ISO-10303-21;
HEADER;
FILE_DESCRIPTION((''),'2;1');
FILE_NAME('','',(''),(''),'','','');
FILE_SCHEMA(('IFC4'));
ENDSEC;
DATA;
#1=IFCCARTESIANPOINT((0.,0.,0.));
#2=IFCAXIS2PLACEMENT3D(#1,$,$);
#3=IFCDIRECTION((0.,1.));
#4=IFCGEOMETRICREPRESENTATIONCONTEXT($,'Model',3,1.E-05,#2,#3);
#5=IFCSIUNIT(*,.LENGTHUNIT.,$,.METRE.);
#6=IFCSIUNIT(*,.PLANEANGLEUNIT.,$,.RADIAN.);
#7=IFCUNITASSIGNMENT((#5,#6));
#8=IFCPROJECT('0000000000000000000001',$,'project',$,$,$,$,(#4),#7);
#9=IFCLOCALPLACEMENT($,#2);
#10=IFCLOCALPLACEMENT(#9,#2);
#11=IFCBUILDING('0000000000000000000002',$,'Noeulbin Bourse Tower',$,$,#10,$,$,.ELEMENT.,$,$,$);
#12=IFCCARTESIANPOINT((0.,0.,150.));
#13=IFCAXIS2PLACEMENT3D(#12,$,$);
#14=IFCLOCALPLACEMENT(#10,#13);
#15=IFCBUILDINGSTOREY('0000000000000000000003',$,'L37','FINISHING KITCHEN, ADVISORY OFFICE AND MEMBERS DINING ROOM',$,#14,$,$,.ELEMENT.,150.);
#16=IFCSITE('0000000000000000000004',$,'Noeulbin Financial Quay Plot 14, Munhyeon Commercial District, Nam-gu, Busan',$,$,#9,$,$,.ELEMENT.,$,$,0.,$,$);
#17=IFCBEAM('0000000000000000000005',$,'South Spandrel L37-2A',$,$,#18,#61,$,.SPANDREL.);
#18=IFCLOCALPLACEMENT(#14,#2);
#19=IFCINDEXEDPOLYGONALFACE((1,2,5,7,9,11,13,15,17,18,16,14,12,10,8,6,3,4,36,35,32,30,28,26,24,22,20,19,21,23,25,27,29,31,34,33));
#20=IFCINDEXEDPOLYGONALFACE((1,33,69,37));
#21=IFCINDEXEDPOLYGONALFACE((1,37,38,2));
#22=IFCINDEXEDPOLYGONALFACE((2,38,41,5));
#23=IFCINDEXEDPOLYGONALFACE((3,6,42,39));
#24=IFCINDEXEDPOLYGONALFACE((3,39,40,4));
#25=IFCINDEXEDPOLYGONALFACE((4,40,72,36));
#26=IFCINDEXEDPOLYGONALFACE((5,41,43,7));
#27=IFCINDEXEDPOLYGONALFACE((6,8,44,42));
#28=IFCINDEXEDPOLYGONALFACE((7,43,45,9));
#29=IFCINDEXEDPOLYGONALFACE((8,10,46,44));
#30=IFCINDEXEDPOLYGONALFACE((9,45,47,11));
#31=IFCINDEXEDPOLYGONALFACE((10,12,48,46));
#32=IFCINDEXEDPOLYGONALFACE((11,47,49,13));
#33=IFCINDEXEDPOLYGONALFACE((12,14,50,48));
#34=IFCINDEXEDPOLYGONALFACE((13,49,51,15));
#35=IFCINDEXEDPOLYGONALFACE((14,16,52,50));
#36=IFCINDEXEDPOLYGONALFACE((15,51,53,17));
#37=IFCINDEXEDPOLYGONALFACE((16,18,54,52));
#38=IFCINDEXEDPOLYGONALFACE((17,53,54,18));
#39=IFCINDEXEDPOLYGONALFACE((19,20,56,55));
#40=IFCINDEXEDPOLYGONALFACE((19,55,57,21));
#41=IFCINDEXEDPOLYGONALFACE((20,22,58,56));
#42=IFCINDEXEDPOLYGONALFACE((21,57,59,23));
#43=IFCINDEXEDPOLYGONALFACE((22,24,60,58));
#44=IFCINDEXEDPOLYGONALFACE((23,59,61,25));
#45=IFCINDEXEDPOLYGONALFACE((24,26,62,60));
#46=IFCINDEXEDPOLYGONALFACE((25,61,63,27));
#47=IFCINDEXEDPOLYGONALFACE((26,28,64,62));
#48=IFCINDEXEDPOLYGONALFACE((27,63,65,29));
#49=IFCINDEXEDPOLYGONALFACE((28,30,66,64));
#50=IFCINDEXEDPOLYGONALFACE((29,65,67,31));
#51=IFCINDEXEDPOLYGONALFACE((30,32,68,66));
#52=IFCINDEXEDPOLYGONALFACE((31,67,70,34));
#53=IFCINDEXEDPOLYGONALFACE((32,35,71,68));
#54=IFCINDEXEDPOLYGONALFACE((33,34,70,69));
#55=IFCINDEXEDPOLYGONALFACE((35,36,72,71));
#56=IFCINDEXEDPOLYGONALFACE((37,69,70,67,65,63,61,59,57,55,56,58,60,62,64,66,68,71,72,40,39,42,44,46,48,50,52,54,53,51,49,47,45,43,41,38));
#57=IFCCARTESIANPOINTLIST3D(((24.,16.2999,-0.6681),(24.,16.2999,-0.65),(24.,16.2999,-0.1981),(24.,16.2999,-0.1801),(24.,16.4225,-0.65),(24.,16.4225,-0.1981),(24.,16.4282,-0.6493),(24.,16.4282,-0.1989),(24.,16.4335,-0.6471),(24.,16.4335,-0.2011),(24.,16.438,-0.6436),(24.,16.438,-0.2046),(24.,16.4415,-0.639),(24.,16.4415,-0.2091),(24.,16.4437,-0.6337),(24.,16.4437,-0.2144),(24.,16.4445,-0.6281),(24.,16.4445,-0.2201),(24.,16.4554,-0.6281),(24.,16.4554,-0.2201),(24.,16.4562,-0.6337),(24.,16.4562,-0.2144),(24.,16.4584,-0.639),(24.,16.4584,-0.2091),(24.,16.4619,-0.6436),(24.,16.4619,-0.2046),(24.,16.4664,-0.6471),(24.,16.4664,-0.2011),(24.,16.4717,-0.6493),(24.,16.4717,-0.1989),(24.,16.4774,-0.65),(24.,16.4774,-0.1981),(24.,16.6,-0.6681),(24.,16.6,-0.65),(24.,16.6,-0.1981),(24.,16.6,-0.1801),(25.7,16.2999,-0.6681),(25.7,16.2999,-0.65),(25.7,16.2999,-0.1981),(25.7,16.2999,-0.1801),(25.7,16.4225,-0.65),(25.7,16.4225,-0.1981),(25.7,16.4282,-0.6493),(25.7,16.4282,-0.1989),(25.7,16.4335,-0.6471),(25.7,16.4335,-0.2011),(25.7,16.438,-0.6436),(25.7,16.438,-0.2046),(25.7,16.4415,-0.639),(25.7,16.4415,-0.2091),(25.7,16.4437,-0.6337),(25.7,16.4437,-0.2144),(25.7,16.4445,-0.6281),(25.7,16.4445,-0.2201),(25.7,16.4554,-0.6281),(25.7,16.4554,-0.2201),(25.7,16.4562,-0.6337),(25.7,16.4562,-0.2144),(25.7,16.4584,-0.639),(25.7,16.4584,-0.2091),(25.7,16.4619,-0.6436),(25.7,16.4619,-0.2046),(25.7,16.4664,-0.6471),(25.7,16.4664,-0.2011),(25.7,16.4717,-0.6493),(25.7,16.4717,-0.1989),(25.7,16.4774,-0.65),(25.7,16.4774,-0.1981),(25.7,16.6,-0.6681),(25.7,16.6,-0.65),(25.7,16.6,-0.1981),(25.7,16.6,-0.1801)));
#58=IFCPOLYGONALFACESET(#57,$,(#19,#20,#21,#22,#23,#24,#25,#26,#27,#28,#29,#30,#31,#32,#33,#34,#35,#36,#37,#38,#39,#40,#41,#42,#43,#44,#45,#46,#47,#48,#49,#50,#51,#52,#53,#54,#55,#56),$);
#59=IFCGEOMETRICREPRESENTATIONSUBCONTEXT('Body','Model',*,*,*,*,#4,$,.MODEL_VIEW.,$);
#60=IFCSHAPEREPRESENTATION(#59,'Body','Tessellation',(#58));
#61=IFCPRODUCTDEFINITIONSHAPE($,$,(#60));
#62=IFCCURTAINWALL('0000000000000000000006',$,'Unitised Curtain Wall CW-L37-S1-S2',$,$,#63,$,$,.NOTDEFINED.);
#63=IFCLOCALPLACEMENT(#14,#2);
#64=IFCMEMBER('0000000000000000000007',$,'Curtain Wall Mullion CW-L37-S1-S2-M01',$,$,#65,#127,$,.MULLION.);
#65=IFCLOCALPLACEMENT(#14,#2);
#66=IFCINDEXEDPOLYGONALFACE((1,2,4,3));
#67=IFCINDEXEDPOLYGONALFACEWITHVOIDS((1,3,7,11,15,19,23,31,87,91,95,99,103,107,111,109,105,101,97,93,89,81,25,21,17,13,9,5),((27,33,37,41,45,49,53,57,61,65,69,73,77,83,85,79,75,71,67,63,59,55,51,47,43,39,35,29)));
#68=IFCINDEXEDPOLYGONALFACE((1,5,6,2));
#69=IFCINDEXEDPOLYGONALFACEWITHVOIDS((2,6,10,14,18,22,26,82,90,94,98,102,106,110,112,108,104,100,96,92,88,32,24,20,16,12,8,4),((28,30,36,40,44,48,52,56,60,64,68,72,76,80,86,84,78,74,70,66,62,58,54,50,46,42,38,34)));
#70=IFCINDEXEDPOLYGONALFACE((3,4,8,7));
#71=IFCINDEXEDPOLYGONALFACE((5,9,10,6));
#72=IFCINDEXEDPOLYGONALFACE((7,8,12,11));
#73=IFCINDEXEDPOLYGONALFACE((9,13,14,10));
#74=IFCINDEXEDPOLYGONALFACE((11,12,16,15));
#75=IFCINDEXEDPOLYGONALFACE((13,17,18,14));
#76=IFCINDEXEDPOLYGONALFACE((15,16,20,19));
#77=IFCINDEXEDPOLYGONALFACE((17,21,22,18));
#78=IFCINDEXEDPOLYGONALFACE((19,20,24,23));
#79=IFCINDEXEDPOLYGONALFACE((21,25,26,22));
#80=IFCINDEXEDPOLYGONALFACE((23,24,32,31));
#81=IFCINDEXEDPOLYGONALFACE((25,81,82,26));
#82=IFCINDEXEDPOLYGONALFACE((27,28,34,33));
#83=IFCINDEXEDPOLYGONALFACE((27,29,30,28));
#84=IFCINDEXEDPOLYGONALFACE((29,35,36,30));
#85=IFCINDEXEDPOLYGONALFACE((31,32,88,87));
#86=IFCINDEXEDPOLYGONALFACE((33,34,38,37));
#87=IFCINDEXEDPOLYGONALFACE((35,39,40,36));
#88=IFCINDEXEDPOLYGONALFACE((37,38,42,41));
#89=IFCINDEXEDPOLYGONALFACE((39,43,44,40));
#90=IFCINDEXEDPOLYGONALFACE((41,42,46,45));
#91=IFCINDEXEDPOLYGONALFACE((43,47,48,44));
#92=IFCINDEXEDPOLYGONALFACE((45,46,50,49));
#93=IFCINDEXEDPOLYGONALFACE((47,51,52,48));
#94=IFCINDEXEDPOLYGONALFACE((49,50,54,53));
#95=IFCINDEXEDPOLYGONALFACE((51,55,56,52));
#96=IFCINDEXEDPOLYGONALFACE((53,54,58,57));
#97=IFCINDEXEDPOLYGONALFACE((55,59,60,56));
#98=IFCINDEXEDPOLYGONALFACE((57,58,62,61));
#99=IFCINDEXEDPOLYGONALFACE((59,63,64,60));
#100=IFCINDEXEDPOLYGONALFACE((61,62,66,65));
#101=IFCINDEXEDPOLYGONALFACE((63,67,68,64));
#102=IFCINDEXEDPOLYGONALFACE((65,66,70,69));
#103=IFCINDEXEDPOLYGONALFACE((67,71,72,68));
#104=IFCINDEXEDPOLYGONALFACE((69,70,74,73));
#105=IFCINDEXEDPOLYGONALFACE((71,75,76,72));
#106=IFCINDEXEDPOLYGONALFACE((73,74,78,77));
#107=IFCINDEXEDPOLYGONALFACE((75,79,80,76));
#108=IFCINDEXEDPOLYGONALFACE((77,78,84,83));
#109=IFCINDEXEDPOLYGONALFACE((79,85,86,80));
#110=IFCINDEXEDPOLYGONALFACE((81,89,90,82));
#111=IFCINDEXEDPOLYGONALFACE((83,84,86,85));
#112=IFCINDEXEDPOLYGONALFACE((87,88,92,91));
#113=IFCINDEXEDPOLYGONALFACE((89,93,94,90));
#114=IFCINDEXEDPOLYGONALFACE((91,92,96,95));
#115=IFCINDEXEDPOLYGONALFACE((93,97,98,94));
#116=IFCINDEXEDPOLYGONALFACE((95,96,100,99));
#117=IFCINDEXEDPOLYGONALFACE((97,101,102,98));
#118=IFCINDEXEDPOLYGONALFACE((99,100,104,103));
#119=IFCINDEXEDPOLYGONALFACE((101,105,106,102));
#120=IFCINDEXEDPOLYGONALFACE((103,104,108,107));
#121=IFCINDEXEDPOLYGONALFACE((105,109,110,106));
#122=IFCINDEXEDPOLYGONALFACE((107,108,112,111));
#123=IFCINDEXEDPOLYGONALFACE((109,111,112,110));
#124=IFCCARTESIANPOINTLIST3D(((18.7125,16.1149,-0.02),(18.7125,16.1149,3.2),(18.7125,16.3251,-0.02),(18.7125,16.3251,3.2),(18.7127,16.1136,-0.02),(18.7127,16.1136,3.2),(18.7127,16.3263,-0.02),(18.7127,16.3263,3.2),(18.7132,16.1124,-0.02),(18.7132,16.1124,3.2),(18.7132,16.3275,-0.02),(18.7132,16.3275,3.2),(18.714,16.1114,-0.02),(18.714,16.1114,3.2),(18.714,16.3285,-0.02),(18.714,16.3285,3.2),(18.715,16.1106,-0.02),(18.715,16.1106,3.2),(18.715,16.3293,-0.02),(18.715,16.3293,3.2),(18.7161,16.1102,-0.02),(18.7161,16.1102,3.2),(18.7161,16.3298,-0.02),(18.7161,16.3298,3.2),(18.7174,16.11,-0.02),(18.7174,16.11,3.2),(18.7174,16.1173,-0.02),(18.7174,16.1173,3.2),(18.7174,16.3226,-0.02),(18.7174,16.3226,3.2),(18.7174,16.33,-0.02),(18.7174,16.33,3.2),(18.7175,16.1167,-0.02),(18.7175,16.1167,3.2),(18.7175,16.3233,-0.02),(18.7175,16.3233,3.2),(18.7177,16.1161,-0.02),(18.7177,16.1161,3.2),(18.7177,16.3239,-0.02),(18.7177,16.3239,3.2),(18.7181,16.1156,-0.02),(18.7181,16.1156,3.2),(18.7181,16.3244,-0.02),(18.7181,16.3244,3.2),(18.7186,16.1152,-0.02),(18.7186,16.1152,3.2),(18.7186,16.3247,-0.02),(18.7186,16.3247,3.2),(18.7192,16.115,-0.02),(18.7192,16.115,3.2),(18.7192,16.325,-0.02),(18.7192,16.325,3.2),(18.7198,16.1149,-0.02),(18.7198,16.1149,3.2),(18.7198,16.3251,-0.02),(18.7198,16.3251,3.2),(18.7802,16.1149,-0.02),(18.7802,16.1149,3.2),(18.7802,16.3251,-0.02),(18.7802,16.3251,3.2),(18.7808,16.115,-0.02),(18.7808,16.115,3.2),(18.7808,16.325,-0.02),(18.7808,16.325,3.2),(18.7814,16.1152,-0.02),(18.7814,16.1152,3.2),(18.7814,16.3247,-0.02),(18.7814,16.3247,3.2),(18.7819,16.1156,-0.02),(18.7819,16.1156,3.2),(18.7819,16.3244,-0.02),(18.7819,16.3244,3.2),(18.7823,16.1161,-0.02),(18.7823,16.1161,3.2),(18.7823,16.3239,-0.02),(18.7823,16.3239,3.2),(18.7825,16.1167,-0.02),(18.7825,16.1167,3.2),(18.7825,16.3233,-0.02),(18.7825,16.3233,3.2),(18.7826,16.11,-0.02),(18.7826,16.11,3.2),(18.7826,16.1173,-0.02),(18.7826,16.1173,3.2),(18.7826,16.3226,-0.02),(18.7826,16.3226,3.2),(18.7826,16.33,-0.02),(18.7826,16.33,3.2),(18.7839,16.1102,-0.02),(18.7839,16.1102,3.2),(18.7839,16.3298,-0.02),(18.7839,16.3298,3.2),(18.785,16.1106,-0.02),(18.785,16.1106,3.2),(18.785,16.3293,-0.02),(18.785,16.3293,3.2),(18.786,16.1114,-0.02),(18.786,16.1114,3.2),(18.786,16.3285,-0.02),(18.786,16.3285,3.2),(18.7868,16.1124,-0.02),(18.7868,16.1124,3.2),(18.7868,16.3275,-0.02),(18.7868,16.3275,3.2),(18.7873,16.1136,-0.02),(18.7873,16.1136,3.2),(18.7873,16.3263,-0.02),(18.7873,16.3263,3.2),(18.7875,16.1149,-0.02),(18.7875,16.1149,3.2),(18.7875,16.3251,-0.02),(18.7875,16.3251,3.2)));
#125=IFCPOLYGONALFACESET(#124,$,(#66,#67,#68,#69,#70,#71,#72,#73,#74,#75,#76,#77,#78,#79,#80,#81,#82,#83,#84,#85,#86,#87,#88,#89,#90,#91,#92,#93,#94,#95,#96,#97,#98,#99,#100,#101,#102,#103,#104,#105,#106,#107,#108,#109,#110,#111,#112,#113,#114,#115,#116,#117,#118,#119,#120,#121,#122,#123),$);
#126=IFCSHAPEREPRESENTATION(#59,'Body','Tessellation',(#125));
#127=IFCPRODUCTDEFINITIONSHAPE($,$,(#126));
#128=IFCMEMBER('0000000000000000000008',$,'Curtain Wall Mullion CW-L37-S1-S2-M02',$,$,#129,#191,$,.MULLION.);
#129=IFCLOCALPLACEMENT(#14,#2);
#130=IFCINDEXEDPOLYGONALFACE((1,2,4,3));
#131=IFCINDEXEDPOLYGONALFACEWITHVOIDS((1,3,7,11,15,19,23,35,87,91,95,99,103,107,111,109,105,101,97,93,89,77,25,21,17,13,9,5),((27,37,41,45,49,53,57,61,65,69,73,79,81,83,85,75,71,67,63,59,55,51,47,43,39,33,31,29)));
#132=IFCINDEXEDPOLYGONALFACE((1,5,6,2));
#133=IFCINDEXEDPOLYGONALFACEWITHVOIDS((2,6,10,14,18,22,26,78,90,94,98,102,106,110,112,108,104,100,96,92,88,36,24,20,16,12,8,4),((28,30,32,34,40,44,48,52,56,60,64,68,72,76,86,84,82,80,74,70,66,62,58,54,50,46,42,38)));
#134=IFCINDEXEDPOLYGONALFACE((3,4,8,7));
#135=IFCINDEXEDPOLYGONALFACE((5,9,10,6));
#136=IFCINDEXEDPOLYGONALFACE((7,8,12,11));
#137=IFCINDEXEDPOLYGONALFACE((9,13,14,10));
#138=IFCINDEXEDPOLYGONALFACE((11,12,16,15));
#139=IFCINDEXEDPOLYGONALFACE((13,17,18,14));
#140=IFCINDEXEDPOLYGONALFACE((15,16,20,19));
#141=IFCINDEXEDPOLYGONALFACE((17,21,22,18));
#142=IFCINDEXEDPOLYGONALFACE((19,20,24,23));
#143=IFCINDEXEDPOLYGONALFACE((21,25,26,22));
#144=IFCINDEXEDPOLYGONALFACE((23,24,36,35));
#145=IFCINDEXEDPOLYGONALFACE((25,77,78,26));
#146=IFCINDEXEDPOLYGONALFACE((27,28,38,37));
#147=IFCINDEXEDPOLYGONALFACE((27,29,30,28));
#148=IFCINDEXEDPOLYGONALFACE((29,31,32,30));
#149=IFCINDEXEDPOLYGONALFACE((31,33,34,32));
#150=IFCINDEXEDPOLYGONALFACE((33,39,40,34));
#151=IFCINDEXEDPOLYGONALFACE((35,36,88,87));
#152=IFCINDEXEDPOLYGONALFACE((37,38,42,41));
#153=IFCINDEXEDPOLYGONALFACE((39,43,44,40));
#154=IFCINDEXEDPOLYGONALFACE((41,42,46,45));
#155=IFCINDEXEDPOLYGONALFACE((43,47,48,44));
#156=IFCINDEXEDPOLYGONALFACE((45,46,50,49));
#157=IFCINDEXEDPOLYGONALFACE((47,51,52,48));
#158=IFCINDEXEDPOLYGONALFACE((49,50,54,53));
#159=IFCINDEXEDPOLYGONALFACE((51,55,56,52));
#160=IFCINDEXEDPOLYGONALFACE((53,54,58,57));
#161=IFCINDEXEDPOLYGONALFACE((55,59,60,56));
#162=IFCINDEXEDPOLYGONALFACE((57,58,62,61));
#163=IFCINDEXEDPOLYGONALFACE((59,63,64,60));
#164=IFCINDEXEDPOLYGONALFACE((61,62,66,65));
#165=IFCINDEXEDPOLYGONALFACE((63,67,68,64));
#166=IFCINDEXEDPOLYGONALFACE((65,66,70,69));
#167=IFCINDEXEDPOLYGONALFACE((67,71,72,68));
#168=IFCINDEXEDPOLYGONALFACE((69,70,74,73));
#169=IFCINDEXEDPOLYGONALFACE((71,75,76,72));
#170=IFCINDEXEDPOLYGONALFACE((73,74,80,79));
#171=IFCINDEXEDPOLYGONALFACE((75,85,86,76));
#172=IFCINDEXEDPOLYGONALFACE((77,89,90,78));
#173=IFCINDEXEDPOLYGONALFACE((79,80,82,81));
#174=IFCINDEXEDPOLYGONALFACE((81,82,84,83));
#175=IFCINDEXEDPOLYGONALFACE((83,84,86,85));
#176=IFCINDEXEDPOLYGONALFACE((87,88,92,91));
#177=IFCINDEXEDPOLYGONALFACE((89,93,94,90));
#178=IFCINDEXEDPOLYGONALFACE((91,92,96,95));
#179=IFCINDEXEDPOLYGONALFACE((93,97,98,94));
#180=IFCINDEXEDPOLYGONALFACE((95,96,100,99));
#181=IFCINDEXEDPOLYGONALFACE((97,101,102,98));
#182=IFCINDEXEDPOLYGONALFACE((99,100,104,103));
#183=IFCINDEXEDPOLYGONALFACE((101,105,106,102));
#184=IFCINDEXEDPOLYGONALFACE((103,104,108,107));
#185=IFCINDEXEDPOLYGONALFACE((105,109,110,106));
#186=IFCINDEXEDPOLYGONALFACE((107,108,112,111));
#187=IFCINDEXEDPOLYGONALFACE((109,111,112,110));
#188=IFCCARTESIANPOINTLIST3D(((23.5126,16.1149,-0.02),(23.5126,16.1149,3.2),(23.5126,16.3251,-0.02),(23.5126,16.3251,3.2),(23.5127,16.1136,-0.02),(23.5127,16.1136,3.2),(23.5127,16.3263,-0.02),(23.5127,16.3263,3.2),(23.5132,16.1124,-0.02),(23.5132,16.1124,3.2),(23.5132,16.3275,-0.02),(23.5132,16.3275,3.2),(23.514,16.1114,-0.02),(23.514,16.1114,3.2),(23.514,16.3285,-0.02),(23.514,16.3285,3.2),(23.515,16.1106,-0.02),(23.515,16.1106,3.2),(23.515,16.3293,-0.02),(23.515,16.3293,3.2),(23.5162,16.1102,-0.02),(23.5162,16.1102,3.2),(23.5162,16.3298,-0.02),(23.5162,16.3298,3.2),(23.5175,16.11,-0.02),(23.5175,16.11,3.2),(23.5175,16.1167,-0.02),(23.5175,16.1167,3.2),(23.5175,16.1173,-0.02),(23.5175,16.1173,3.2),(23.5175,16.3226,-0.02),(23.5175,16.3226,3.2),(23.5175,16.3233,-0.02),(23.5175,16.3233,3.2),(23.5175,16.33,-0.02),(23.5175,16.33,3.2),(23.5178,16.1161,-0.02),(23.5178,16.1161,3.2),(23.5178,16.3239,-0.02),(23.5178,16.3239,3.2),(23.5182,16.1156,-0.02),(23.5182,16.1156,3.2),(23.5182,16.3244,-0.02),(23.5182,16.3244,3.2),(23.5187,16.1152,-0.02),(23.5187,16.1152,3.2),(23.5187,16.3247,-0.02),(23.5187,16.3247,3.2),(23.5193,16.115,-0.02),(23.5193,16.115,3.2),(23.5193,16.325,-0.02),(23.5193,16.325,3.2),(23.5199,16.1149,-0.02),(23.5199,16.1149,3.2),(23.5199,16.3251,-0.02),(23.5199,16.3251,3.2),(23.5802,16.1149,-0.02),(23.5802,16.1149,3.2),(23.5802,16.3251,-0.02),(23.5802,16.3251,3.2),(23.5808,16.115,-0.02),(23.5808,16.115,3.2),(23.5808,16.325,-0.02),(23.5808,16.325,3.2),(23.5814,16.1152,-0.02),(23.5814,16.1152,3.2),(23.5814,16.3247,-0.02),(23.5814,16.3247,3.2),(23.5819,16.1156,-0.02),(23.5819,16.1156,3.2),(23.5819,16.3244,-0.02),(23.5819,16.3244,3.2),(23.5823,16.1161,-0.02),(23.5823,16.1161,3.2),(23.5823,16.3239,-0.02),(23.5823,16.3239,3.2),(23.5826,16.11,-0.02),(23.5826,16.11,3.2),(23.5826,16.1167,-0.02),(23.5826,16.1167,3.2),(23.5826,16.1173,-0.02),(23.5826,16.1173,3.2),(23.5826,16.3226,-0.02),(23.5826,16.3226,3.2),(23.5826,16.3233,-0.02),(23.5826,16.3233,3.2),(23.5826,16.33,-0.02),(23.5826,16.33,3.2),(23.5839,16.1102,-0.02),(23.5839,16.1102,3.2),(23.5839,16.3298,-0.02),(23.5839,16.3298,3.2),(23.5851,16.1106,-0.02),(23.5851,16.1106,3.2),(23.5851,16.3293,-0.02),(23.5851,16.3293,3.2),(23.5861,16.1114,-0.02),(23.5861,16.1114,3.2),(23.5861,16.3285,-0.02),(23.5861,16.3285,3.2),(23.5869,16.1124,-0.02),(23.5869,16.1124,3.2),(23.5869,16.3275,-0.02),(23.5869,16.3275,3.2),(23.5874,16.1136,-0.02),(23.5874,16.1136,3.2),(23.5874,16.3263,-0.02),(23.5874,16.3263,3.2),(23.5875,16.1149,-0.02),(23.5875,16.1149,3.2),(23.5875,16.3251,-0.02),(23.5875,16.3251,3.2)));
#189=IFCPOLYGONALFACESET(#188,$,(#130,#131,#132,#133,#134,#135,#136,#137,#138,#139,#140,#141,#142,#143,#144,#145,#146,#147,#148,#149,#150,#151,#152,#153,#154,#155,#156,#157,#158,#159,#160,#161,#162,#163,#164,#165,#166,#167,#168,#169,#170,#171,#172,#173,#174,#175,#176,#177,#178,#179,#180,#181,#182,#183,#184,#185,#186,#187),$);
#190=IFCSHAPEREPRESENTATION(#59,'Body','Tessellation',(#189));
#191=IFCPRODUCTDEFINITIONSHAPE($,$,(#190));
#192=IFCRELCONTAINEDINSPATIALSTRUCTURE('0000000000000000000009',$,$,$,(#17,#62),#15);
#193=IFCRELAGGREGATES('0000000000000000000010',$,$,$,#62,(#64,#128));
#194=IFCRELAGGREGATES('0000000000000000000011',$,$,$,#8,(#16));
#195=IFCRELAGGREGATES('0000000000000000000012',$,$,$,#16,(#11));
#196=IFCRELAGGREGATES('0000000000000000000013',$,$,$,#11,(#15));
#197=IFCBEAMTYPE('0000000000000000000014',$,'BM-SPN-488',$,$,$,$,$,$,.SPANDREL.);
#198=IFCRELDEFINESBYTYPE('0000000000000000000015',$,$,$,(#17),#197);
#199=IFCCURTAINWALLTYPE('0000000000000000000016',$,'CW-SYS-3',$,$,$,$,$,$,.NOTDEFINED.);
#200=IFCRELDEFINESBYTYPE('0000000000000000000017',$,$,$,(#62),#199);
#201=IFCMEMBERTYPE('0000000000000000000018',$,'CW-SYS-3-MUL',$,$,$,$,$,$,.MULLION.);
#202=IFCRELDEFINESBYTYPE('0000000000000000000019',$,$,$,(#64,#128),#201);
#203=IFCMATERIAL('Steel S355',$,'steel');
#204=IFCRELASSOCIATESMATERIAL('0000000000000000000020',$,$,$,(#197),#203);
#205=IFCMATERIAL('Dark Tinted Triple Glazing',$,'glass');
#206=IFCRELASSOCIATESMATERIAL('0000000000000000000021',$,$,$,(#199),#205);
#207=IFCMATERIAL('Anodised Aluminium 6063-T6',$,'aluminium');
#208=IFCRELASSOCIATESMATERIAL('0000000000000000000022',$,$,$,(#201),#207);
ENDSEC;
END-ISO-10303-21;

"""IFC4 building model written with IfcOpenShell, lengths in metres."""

from ifc_helpers import new_model, si_unit, direction, frame, origin, origin_2d, place, context, subcontext, project, spatial, hollow_rectangle, i_section, extrude, material, material_profile, profile_set, type_object, element, aggregate, save


model = new_model("IFC4")

# Units and contexts
model_context = context("Model", 3, precision=1e-05, world=origin(), true_north=direction((0.0, 1.0)))
body_context = subcontext(model_context, "Body", "Model", "MODEL_VIEW")
ifc_project = project(units=[si_unit("LENGTHUNIT", "METRE"), si_unit("PLANEANGLEUNIT", "RADIAN")], contexts=[model_context])

# Site, building, storey
site_placement = place(None, origin())
site = spatial("IfcSite", under=ifc_project, at=site_placement, Name="Noeulbin Financial Quay Plot 14, Munhyeon Commercial District, Nam-gu, Busan", CompositionType="ELEMENT", RefElevation=0.0)
building_placement = place(site_placement, origin())
building = spatial("IfcBuilding", under=site, at=building_placement, Name="Noeulbin Bourse Tower", CompositionType="ELEMENT")
storey_placement = place(building_placement, frame((0.0, 0.0, 150.0)))
storey = spatial("IfcBuildingStorey", under=building, at=storey_placement, Name="L37", Description="FINISHING KITCHEN, ADVISORY OFFICE AND MEMBERS DINING ROOM", CompositionType="ELEMENT", Elevation=150.0)

# Shared definitions
ifc_material_1 = material(Name="Steel S355", Category="steel")

# Beam
ifc_material_profile_1 = material_profile(ifc_material_1, i_section(OverallWidth=0.3, OverallDepth=0.488, WebThickness=0.011, FlangeThickness=0.0181, FilletRadius=0.022, at=origin_2d()), Name="H-488x300x11x18", Category="LoadBearing")
ifc_profile_set_1 = profile_set([ifc_material_profile_1], Name="Steel S355")
beam_type_1 = type_object("IfcBeamType", Name="BM-SPN-488", PredefinedType="SPANDREL", material=ifc_profile_set_1)
beam_1_placement = place(storey_placement, frame((24.0, 16.45, -0.4241), z_axis=(1.0, 0.0, 0.0), x_axis=(0.0, 1.0, 0.0)))
element("IfcBeam", 1, at=beam_1_placement, inside=storey, type_object=beam_type_1, Name="South Spandrel L37-2A", PredefinedType="SPANDREL", context=body_context, shape_type="SweptSolid", body=[
    extrude(i_section(OverallWidth=0.3, OverallDepth=0.488, WebThickness=0.011, FlangeThickness=0.0181, FilletRadius=0.022, at=origin_2d()), origin(), (0.0, 0.0, 1.0), 1.7),
])

# Curtain wall, members
ifc_material_2 = material(Name="Dark Tinted Triple Glazing", Category="glass")
curtain_wall_type = type_object("IfcCurtainWallType", Name="CW-SYS-3", PredefinedType="NOTDEFINED", material=ifc_material_2)
curtain_wall_placement = place(storey_placement, origin())
curtain_wall = element("IfcCurtainWall", 2, at=curtain_wall_placement, inside=storey, type_object=curtain_wall_type, Name="Unitised Curtain Wall CW-L37-S1-S2", PredefinedType="NOTDEFINED")
ifc_material_3 = material(Name="Anodised Aluminium 6063-T6", Category="aluminium")
ifc_material_profile_2 = material_profile(ifc_material_3, hollow_rectangle(XDim=0.075, YDim=0.22, WallThickness=0.0049, InnerFilletRadius=0.0024, OuterFilletRadius=0.0049, at=origin_2d()), Name="ALU-MULL-75x220x5", Category="LoadBearing")
ifc_profile_set_2 = profile_set([ifc_material_profile_2], Name="Anodised Aluminium 6063-T6")
member_type = type_object("IfcMemberType", Name="CW-SYS-3-MUL", PredefinedType="MULLION", material=ifc_profile_set_2)
member_1_placement = place(storey_placement, frame((18.75, 16.22, -0.02), z_axis=(0.0, 0.0, 1.0), x_axis=(1.0, 0.0, 0.0)))
member_1 = element("IfcMember", 3, at=member_1_placement, type_object=member_type, Name="Curtain Wall Mullion CW-L37-S1-S2-M01", PredefinedType="MULLION", context=body_context, shape_type="SweptSolid", body=[
    extrude(hollow_rectangle(XDim=0.075, YDim=0.22, WallThickness=0.0049, InnerFilletRadius=0.0024, OuterFilletRadius=0.0049, at=origin_2d()), origin(), (0.0, 0.0, 1.0), 3.22),
])
member_2_placement = place(storey_placement, frame((23.55, 16.22, -0.02), z_axis=(0.0, 0.0, 1.0), x_axis=(1.0, 0.0, 0.0)))
member_2 = element("IfcMember", 4, at=member_2_placement, type_object=member_type, Name="Curtain Wall Mullion CW-L37-S1-S2-M02", PredefinedType="MULLION", context=body_context, shape_type="SweptSolid", body=[
    extrude(hollow_rectangle(XDim=0.075, YDim=0.22, WallThickness=0.0049, InnerFilletRadius=0.0024, OuterFilletRadius=0.0049, at=origin_2d()), origin(), (0.0, 0.0, 1.0), 3.22),
])
aggregate(curtain_wall, [member_1, member_2])

save(model, "model.ifc")
